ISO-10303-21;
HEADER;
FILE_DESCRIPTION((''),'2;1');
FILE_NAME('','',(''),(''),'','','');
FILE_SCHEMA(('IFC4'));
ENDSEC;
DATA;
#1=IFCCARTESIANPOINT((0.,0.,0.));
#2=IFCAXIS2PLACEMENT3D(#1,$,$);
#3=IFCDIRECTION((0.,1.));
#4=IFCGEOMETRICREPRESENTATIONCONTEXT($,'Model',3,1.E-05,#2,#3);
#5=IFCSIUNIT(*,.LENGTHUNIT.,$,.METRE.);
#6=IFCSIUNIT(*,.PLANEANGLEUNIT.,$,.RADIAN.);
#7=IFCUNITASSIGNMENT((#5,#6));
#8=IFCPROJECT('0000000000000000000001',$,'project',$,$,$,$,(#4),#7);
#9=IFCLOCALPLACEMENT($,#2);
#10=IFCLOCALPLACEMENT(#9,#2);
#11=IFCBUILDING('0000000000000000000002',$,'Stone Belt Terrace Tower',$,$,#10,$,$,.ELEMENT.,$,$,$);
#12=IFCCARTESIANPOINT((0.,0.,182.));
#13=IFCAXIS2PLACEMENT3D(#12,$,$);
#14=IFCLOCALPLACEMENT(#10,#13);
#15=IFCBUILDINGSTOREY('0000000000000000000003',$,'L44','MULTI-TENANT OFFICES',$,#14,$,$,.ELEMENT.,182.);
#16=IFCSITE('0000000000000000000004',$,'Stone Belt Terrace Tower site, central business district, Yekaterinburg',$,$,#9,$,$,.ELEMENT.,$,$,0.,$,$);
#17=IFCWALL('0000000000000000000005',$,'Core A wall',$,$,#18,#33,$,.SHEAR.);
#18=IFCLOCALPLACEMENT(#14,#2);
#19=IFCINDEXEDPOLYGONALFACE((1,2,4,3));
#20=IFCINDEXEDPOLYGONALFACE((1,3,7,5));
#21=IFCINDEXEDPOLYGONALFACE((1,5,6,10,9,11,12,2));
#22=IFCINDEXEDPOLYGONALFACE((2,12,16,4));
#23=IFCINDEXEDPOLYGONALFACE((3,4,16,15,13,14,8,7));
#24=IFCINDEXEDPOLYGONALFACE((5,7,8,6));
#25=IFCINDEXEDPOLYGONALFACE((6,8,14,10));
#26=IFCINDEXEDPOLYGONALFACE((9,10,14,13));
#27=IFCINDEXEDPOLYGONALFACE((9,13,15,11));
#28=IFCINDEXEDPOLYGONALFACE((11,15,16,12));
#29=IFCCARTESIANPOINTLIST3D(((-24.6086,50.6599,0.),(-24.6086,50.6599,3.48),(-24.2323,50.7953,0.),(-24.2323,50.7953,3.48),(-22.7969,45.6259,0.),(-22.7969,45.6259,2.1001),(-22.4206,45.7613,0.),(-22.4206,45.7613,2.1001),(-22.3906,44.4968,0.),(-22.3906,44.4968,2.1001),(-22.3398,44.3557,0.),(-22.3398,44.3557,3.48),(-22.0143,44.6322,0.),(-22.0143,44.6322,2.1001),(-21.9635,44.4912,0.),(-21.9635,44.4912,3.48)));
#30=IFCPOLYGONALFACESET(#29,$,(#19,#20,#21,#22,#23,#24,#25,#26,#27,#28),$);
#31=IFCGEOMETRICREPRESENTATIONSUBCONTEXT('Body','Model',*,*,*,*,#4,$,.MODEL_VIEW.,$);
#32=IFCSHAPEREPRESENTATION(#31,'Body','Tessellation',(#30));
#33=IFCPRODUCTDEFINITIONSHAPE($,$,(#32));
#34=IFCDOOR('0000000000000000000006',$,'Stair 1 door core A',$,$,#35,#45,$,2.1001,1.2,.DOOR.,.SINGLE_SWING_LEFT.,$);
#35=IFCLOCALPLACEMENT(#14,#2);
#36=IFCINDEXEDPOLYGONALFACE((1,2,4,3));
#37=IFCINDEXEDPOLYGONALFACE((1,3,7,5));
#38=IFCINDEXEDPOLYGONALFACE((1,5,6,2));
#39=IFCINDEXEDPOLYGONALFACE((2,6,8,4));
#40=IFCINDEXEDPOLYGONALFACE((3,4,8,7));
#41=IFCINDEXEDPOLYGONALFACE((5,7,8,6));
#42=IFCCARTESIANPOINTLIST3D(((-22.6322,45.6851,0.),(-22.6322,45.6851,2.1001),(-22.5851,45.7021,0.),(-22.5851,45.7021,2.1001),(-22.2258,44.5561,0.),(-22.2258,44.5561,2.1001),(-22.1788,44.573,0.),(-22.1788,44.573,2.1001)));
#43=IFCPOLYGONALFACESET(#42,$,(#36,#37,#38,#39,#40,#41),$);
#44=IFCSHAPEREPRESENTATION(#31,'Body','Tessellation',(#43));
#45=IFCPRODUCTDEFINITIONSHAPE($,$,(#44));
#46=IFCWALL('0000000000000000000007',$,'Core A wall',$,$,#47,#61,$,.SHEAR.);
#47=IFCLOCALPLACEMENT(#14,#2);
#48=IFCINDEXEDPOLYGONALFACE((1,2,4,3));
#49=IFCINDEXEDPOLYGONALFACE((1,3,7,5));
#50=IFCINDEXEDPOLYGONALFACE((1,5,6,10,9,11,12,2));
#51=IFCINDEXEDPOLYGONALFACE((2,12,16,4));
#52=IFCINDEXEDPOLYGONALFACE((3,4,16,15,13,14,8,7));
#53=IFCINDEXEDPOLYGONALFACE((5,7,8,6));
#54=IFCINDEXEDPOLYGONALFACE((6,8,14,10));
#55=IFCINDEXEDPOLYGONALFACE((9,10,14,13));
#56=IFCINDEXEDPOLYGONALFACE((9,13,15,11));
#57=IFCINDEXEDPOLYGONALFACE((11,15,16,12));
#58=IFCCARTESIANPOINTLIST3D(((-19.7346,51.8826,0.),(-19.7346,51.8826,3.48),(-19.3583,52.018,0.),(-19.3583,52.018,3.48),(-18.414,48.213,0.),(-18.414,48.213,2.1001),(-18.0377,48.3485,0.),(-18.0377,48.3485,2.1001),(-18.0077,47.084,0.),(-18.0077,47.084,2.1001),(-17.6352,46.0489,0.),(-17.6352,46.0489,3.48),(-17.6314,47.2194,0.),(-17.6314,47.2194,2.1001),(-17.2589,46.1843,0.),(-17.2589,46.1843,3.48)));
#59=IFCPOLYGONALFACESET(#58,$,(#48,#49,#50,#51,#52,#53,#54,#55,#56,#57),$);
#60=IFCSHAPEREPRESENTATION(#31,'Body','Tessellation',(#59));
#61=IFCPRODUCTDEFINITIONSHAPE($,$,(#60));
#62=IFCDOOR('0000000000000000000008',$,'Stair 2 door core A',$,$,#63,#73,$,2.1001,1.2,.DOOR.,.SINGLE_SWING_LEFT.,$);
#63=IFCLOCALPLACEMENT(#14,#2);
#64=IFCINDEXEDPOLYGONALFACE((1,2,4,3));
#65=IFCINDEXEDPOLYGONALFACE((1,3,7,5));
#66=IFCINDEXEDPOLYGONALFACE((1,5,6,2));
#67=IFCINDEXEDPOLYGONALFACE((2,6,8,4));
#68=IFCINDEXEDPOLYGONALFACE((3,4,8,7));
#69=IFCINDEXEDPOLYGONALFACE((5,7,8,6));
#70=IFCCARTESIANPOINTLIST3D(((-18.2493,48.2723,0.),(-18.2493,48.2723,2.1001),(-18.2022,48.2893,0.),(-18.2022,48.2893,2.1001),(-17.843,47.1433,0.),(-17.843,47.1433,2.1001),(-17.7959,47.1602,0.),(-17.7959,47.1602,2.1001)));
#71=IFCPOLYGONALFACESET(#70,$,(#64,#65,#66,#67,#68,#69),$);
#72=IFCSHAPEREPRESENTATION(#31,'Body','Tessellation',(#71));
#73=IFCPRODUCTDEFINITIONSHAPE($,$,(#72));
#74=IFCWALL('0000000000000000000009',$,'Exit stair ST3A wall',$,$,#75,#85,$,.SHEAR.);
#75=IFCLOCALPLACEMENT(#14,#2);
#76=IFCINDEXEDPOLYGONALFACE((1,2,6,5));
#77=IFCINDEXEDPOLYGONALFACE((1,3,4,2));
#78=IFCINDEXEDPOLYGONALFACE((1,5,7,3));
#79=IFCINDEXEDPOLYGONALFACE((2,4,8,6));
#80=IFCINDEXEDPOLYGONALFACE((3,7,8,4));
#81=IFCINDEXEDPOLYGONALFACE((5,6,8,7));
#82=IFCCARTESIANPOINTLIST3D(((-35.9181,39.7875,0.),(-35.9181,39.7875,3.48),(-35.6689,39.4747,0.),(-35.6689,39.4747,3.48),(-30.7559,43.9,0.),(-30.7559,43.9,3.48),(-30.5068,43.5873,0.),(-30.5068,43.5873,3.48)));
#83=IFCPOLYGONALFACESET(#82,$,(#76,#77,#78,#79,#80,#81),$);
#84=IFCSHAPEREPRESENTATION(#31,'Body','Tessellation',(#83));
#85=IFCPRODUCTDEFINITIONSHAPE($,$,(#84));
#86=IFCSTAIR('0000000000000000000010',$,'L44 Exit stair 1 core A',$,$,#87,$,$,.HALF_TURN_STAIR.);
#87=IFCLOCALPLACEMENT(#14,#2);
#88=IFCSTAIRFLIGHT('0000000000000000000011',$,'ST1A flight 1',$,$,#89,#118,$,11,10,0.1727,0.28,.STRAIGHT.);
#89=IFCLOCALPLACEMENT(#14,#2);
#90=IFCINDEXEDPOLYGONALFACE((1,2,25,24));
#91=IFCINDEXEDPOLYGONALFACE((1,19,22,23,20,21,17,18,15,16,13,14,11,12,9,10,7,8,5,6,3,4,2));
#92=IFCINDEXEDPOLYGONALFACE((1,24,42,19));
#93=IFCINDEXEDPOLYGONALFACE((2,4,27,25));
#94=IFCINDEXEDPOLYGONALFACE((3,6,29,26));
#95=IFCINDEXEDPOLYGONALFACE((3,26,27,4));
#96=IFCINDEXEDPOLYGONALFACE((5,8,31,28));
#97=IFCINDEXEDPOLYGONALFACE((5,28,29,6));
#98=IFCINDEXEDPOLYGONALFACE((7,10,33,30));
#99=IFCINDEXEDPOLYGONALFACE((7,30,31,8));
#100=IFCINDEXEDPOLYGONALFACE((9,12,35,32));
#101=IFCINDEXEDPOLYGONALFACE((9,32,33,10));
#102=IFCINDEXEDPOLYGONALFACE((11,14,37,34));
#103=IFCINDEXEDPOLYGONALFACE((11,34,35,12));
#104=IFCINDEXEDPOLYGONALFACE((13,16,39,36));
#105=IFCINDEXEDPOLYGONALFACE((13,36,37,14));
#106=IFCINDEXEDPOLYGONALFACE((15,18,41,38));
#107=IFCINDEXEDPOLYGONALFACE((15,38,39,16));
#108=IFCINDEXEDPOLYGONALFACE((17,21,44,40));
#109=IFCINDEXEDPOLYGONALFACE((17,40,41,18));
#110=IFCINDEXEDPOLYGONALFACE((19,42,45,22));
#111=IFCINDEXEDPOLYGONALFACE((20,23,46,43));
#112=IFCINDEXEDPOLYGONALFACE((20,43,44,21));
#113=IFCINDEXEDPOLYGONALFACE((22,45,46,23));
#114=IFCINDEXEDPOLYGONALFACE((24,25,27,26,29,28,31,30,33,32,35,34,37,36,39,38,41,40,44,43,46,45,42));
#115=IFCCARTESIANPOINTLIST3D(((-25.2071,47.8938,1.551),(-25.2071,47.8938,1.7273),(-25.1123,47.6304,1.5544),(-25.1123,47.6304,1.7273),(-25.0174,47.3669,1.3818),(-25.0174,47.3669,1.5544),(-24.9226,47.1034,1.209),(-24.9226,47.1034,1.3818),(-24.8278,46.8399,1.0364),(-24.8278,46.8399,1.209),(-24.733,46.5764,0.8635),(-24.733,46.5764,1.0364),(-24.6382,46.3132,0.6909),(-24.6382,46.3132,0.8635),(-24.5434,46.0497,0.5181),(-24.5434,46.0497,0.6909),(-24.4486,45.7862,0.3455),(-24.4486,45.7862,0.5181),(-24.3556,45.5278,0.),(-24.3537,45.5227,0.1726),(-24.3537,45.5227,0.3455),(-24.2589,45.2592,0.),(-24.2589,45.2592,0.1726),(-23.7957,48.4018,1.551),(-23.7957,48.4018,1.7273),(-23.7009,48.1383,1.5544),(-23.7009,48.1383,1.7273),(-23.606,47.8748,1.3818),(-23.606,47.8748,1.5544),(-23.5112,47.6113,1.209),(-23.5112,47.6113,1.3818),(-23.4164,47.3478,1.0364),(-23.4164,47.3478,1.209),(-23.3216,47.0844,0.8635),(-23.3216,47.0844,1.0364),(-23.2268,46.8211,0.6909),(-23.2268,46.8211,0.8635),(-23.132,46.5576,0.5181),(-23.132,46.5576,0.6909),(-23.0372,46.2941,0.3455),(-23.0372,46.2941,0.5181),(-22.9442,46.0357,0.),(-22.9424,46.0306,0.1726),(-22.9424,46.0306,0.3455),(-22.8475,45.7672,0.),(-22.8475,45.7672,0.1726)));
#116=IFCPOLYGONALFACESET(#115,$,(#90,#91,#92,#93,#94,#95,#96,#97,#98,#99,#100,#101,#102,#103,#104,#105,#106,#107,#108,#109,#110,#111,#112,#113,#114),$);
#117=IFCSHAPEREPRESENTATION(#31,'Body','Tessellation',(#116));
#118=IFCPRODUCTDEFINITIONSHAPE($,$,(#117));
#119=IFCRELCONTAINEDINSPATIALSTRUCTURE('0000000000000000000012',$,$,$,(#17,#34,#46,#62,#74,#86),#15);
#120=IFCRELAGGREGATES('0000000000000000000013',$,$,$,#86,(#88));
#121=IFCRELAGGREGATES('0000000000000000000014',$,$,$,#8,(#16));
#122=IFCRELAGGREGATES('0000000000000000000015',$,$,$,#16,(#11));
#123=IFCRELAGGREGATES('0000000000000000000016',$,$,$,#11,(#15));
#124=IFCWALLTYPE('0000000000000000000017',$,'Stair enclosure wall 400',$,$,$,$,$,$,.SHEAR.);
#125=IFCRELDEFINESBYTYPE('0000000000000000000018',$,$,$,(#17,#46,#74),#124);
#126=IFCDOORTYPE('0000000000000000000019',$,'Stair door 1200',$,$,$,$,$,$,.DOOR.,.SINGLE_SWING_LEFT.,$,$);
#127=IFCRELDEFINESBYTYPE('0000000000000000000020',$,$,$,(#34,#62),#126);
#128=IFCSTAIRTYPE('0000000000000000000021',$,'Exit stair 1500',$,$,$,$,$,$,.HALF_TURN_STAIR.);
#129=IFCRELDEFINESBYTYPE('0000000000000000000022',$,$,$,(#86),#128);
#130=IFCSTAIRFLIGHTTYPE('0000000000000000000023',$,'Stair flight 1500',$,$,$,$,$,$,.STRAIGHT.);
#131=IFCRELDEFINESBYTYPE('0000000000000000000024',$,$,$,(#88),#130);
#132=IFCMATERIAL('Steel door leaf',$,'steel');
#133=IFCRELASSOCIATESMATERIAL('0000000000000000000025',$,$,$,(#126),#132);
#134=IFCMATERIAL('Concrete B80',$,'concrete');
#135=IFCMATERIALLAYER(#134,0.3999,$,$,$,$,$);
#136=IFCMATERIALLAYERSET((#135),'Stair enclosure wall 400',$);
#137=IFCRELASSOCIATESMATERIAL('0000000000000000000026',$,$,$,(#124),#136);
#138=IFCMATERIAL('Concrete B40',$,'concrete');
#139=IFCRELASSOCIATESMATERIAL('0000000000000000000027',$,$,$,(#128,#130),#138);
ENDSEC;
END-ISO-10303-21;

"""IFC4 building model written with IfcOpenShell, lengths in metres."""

from ifc_helpers import new_model, si_unit, direction, frame, frame_2d, origin, place, context, subcontext, project, spatial, polyline, rectangle, outline, extrude, material, layer, layer_set, type_object, element, fill, aggregate, save


model = new_model("IFC4")

# Units and contexts
model_context = context("Model", 3, precision=1e-05, world=origin(), true_north=direction((0.0, 1.0)))
body_context = subcontext(model_context, "Body", "Model", "MODEL_VIEW")
ifc_project = project(units=[si_unit("LENGTHUNIT", "METRE"), si_unit("PLANEANGLEUNIT", "RADIAN")], contexts=[model_context])

# Site, building, storey
site_placement = place(None, origin())
site = spatial("IfcSite", under=ifc_project, at=site_placement, Name="Stone Belt Terrace Tower site, central business district, Yekaterinburg", CompositionType="ELEMENT", RefElevation=0.0)
building_placement = place(site_placement, origin())
building = spatial("IfcBuilding", under=site, at=building_placement, Name="Stone Belt Terrace Tower", CompositionType="ELEMENT")
storey_placement = place(building_placement, frame((0.0, 0.0, 182.0)))
storey = spatial("IfcBuildingStorey", under=building, at=storey_placement, Name="L44", Description="MULTI-TENANT OFFICES", CompositionType="ELEMENT", Elevation=182.0)

# Shared definitions
ifc_material_1 = material(Name="Concrete B80", Category="concrete")

# Shared definitions
ifc_material_2 = material(Name="Steel door leaf", Category="steel")
door_type_1 = type_object("IfcDoorType", Name="Stair door 1200", OperationType="SINGLE_SWING_LEFT", PredefinedType="DOOR", material=ifc_material_2)

# Walls, openings, doors
ifc_layer_1 = layer(ifc_material_1, 0.3999)
ifc_layer_set_1 = layer_set([ifc_layer_1], Name="Stair enclosure wall 400")
wall_type_1 = type_object("IfcWallType", Name="Stair enclosure wall 400", PredefinedType="SHEAR", material=ifc_layer_set_1)
wall_1_placement = place(storey_placement, frame((-22.1516, 44.4233, 0.0), z_axis=(0.0, 0.0, 1.0), x_axis=(-0.338625, 0.940921, 0.0)))
wall_1 = element("IfcWall", 1, at=wall_1_placement, inside=storey, type_object=wall_type_1, Name="Core A wall", PredefinedType="SHEAR", context=body_context, shape_type="SweptSolid", body=[
    extrude(rectangle(XDim=6.7, YDim=0.3999, at=frame_2d((3.3501, 0.0))), origin(), (0.0, 0.0, 1.0), 3.48),
])
opening_1_placement = place(wall_1_placement, frame((0.1499, 0.0, 0.0)))
opening_1 = element("IfcOpeningElement", 2, at=opening_1_placement, cuts=wall_1, PredefinedType="OPENING", context=body_context, shape_type="SweptSolid", body=[
    extrude(rectangle(XDim=1.2, YDim=2.1001, at=frame_2d((0.6001, 1.05))), frame((0.0, 0.21, 0.0), z_axis=(0.0, -1.0, 0.0), x_axis=(1.0, 0.0, 0.0)), (0.0, 0.0, 1.0), 0.4199),
])
door_1_placement = place(opening_1_placement, origin())
door_1 = element("IfcDoor", 3, at=door_1_placement, inside=storey, type_object=door_type_1, Name="Stair 1 door core A", OperationType="SINGLE_SWING_LEFT", OverallHeight=2.1001, OverallWidth=1.2, PredefinedType="DOOR", context=body_context, shape_type="SweptSolid", body=[
    extrude(rectangle(XDim=1.2, YDim=2.1001, at=frame_2d((0.6001, 1.05))), frame((0.0, 0.0249, 0.0), z_axis=(0.0, -1.0, 0.0), x_axis=(1.0, 0.0, 0.0)), (0.0, 0.0, 1.0), 0.05),
])
fill(opening_1, door_1)
wall_2_placement = place(storey_placement, frame((-17.447, 46.1165, 0.0), z_axis=(0.0, 0.0, 1.0), x_axis=(-0.338608, 0.940928, 0.0)))
wall_2 = element("IfcWall", 4, at=wall_2_placement, inside=storey, type_object=wall_type_1, Name="Core A wall", PredefinedType="SHEAR", context=body_context, shape_type="SweptSolid", body=[
    extrude(rectangle(XDim=6.2, YDim=0.3999, at=frame_2d((3.1001, 0.0))), origin(), (0.0, 0.0, 1.0), 3.48),
])
opening_2_placement = place(wall_2_placement, frame((1.1001, 0.0, 0.0)))
opening_2 = element("IfcOpeningElement", 5, at=opening_2_placement, cuts=wall_2, PredefinedType="OPENING", context=body_context, shape_type="SweptSolid", body=[
    extrude(rectangle(XDim=1.2, YDim=2.1001, at=frame_2d((0.6001, 1.05))), frame((0.0, 0.21, 0.0), z_axis=(0.0, -1.0, 0.0), x_axis=(1.0, 0.0, 0.0)), (0.0, 0.0, 1.0), 0.4199),
])
door_2_placement = place(opening_2_placement, origin())
door_2 = element("IfcDoor", 6, at=door_2_placement, inside=storey, type_object=door_type_1, Name="Stair 2 door core A", OperationType="SINGLE_SWING_LEFT", OverallHeight=2.1001, OverallWidth=1.2, PredefinedType="DOOR", context=body_context, shape_type="SweptSolid", body=[
    extrude(rectangle(XDim=1.2, YDim=2.1001, at=frame_2d((0.6001, 1.05))), frame((0.0, 0.0249, 0.0), z_axis=(0.0, -1.0, 0.0), x_axis=(1.0, 0.0, 0.0)), (0.0, 0.0, 1.0), 0.05),
])
fill(opening_2, door_2)

# Wall
wall_3_placement = place(storey_placement, frame((-30.6313, 43.7437, 0.0), z_axis=(0.0, 0.0, 1.0), x_axis=(-0.782134, -0.62311, 0.0)))
element("IfcWall", 7, at=wall_3_placement, inside=storey, type_object=wall_type_1, Name="Exit stair ST3A wall", PredefinedType="SHEAR", context=body_context, shape_type="SweptSolid", body=[
    extrude(rectangle(XDim=6.6001, YDim=0.3999, at=frame_2d((3.3, 0.0))), origin(), (0.0, 0.0, 1.0), 3.48),
])

# Stair, stair flight
ifc_material_3 = material(Name="Concrete B40", Category="concrete")
stair_type = type_object("IfcStairType", Name="Exit stair 1500", PredefinedType="HALF_TURN_STAIR", material=ifc_material_3)
stair_placement = place(storey_placement, origin())
stair = element("IfcStair", 8, at=stair_placement, inside=storey, type_object=stair_type, Name="L44 Exit stair 1 core A", PredefinedType="HALF_TURN_STAIR")
stair_flight_type = type_object("IfcStairFlightType", Name="Stair flight 1500", PredefinedType="STRAIGHT", material=ifc_material_3)
stair_flight_placement = place(storey_placement, frame((-23.5532, 45.5132, 0.0), z_axis=(0.0, 0.0, 1.0), x_axis=(-0.338624, 0.940922, 0.0)))
stair_flight = element("IfcStairFlight", 9, at=stair_flight_placement, type_object=stair_flight_type, Name="ST1A flight 1", NumberOfRisers=11, NumberOfTreads=10, PredefinedType="STRAIGHT", RiserHeight=0.1727, TreadLength=0.28, context=body_context, shape_type="SweptSolid", body=[
    extrude(outline(polyline([(0.0, 0.0), (0.0, 0.1726), (0.28, 0.1726), (0.28, 0.3455), (0.5601, 0.3455), (0.5601, 0.5181), (0.8401, 0.5181), (0.8401, 0.6909), (1.1201, 0.6909), (1.1201, 0.8635), (1.3999, 0.8635), (1.3999, 1.0364), (1.6799, 1.0364), (1.6799, 1.209), (1.96, 1.209), (1.96, 1.3818), (2.24, 1.3818), (2.24, 1.5544), (2.52, 1.5544), (2.52, 1.7273), (2.8, 1.7273), (2.8, 1.8999), (2.8, 1.551), (0.2854, 0.0), (0.0, 0.0)])), frame((0.0, 0.75, 0.0), z_axis=(0.0, -1.0, 0.0), x_axis=(1.0, 0.0, 0.0)), (0.0, 0.0, 1.0), 1.5),
])
aggregate(stair, [stair_flight])

save(model, "model.ifc")
